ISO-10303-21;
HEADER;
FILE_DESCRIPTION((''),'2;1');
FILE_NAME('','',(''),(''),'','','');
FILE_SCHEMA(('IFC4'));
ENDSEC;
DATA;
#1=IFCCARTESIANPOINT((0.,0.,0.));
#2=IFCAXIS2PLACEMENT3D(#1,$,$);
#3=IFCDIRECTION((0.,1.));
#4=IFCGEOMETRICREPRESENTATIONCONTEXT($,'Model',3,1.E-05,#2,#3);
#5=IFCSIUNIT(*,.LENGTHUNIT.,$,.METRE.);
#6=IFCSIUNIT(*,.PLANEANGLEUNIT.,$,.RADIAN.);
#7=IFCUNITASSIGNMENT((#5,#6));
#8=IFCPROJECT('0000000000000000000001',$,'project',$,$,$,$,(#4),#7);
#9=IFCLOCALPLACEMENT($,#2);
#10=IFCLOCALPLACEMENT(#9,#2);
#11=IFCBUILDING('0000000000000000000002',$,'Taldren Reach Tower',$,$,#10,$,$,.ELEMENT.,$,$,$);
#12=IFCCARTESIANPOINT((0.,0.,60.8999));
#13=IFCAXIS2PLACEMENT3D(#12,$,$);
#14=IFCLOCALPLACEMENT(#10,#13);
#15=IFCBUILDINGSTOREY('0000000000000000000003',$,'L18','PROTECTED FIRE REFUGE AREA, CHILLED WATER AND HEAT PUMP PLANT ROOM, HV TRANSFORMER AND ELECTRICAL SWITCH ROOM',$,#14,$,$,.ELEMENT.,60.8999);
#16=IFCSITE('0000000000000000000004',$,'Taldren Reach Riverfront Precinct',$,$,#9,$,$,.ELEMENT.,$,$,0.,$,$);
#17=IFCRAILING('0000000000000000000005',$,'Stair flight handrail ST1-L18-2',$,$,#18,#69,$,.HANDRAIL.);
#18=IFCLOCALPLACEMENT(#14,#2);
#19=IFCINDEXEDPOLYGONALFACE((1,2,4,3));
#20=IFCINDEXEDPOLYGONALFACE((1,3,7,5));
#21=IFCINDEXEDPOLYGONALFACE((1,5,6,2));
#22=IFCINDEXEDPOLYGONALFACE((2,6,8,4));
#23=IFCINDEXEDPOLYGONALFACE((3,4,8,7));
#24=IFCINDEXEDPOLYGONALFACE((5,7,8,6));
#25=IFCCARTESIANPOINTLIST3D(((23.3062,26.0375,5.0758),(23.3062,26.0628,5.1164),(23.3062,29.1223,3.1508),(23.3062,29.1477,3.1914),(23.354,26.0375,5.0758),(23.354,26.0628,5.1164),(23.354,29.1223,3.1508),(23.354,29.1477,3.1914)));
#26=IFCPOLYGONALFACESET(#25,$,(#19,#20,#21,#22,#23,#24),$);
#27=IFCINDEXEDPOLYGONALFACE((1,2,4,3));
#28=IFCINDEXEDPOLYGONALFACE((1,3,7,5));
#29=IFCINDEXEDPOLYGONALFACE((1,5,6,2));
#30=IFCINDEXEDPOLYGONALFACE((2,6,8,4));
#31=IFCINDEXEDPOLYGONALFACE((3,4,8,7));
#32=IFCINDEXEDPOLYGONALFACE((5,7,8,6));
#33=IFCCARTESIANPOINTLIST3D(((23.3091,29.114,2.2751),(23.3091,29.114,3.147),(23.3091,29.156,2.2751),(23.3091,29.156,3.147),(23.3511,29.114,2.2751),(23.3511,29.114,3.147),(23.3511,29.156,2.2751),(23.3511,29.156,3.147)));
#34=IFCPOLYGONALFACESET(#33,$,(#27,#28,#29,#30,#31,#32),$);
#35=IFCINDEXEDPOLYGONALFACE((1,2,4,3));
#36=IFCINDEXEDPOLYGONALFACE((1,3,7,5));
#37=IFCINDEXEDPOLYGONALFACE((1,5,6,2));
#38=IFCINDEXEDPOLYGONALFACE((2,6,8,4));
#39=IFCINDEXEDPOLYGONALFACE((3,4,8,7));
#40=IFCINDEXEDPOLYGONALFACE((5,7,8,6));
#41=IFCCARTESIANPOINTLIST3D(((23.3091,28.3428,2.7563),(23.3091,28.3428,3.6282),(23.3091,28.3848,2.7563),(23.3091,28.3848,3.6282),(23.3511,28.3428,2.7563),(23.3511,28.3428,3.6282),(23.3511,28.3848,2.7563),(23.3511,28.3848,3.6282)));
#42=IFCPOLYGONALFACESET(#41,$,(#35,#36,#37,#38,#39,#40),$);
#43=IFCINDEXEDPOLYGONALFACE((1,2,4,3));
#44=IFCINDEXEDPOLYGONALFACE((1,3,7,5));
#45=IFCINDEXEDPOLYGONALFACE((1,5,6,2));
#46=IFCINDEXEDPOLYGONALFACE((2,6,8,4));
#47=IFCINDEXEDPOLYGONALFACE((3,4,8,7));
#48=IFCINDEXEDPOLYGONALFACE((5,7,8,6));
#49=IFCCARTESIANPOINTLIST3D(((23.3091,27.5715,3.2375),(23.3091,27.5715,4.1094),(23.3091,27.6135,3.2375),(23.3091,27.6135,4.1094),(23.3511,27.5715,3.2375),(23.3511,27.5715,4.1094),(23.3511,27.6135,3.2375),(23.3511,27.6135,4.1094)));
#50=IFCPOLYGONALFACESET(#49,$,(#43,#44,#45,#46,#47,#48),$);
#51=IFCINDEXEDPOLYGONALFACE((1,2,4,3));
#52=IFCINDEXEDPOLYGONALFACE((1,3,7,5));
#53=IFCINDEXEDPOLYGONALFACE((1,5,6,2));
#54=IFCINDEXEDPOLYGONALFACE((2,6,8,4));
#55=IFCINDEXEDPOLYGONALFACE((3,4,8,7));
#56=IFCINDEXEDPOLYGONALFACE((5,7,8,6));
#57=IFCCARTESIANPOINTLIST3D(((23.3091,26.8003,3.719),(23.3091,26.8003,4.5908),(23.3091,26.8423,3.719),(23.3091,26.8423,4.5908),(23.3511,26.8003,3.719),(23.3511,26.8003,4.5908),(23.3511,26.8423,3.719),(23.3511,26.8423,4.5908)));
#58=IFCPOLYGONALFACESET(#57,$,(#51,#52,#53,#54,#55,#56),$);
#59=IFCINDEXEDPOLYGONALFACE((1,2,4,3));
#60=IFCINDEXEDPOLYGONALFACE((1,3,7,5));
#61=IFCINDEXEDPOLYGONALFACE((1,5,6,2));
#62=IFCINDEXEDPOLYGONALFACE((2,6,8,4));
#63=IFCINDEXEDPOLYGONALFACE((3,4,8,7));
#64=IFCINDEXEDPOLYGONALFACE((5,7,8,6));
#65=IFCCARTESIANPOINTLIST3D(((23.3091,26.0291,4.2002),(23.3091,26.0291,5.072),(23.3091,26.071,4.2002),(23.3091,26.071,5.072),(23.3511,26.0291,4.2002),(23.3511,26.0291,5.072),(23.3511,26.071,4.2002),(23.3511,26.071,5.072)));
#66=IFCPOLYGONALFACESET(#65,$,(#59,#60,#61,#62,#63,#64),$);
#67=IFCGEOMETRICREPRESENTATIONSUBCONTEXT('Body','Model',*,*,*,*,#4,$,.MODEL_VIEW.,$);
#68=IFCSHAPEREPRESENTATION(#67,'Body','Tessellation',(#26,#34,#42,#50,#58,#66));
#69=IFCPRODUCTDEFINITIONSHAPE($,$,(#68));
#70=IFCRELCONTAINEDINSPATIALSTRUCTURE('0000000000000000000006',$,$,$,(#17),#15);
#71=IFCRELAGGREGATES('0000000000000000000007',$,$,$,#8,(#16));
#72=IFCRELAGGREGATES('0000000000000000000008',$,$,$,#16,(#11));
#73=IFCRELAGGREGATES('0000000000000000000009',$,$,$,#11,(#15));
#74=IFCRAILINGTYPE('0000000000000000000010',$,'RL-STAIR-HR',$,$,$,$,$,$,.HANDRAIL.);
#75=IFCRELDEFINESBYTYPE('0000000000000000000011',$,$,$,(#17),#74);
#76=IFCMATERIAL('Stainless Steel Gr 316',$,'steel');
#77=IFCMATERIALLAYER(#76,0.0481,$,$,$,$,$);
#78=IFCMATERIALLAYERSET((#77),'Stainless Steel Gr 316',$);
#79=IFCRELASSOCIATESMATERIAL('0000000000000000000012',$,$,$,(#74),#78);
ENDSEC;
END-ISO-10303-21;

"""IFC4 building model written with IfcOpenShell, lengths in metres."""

from ifc_helpers import new_model, si_unit, direction, frame, origin, origin_2d, place, context, subcontext, project, spatial, rectangle, extrude, material, layer, layer_set, type_object, element, save


model = new_model("IFC4")

# Units and contexts
model_context = context("Model", 3, precision=1e-05, world=origin(), true_north=direction((0.0, 1.0)))
body_context = subcontext(model_context, "Body", "Model", "MODEL_VIEW")
ifc_project = project(units=[si_unit("LENGTHUNIT", "METRE"), si_unit("PLANEANGLEUNIT", "RADIAN")], contexts=[model_context])

# Site, building, storey
site_placement = place(None, origin())
site = spatial("IfcSite", under=ifc_project, at=site_placement, Name="Taldren Reach Riverfront Precinct", CompositionType="ELEMENT", RefElevation=0.0)
building_placement = place(site_placement, origin())
building = spatial("IfcBuilding", under=site, at=building_placement, Name="Taldren Reach Tower", CompositionType="ELEMENT")
storey_placement = place(building_placement, frame((0.0, 0.0, 60.8999)))
storey = spatial("IfcBuildingStorey", under=building, at=storey_placement, Name="L18", Description="PROTECTED FIRE REFUGE AREA, CHILLED WATER AND HEAT PUMP PLANT ROOM, HV TRANSFORMER AND ELECTRICAL SWITCH ROOM", CompositionType="ELEMENT", Elevation=60.8999)

# Railing
ifc_material_1 = material(Name="Stainless Steel Gr 316", Category="steel")
ifc_layer_1 = layer(ifc_material_1, 0.0481)
ifc_layer_set_1 = layer_set([ifc_layer_1], Name="Stainless Steel Gr 316")
railing_type_1 = type_object("IfcRailingType", Name="RL-STAIR-HR", PredefinedType="HANDRAIL", material=ifc_layer_set_1)
railing_1_placement = place(storey_placement, frame((23.3301, 29.135, 2.2751)))
element("IfcRailing", 1, at=railing_1_placement, inside=storey, type_object=railing_type_1, Name="Stair flight handrail ST1-L18-2", PredefinedType="HANDRAIL", context=body_context, shape_type="SweptSolid", body=[
    extrude(rectangle(XDim=0.0479, YDim=0.0479, at=origin_2d()), frame((0.0, 0.0, 0.896), z_axis=(0.0, -0.848375, 0.529395), x_axis=(1.0, 0.0, 0.0)), (0.0, 0.0, 1.0), 3.6362),
    extrude(rectangle(XDim=0.042, YDim=0.042, at=origin_2d()), origin(), (0.0, 0.0, 1.0), 0.8718),
    extrude(rectangle(XDim=0.042, YDim=0.042, at=origin_2d()), frame((0.0, -0.7712, 0.4812)), (0.0, 0.0, 1.0), 0.8718),
    extrude(rectangle(XDim=0.042, YDim=0.042, at=origin_2d()), frame((0.0, -1.5425, 0.9624)), (0.0, 0.0, 1.0), 0.8718),
    extrude(rectangle(XDim=0.042, YDim=0.042, at=origin_2d()), frame((0.0, -2.3137, 1.4438)), (0.0, 0.0, 1.0), 0.8718),
    extrude(rectangle(XDim=0.042, YDim=0.042, at=origin_2d()), frame((0.0, -3.085, 1.925)), (0.0, 0.0, 1.0), 0.8718),
])

save(model, "model.ifc")
